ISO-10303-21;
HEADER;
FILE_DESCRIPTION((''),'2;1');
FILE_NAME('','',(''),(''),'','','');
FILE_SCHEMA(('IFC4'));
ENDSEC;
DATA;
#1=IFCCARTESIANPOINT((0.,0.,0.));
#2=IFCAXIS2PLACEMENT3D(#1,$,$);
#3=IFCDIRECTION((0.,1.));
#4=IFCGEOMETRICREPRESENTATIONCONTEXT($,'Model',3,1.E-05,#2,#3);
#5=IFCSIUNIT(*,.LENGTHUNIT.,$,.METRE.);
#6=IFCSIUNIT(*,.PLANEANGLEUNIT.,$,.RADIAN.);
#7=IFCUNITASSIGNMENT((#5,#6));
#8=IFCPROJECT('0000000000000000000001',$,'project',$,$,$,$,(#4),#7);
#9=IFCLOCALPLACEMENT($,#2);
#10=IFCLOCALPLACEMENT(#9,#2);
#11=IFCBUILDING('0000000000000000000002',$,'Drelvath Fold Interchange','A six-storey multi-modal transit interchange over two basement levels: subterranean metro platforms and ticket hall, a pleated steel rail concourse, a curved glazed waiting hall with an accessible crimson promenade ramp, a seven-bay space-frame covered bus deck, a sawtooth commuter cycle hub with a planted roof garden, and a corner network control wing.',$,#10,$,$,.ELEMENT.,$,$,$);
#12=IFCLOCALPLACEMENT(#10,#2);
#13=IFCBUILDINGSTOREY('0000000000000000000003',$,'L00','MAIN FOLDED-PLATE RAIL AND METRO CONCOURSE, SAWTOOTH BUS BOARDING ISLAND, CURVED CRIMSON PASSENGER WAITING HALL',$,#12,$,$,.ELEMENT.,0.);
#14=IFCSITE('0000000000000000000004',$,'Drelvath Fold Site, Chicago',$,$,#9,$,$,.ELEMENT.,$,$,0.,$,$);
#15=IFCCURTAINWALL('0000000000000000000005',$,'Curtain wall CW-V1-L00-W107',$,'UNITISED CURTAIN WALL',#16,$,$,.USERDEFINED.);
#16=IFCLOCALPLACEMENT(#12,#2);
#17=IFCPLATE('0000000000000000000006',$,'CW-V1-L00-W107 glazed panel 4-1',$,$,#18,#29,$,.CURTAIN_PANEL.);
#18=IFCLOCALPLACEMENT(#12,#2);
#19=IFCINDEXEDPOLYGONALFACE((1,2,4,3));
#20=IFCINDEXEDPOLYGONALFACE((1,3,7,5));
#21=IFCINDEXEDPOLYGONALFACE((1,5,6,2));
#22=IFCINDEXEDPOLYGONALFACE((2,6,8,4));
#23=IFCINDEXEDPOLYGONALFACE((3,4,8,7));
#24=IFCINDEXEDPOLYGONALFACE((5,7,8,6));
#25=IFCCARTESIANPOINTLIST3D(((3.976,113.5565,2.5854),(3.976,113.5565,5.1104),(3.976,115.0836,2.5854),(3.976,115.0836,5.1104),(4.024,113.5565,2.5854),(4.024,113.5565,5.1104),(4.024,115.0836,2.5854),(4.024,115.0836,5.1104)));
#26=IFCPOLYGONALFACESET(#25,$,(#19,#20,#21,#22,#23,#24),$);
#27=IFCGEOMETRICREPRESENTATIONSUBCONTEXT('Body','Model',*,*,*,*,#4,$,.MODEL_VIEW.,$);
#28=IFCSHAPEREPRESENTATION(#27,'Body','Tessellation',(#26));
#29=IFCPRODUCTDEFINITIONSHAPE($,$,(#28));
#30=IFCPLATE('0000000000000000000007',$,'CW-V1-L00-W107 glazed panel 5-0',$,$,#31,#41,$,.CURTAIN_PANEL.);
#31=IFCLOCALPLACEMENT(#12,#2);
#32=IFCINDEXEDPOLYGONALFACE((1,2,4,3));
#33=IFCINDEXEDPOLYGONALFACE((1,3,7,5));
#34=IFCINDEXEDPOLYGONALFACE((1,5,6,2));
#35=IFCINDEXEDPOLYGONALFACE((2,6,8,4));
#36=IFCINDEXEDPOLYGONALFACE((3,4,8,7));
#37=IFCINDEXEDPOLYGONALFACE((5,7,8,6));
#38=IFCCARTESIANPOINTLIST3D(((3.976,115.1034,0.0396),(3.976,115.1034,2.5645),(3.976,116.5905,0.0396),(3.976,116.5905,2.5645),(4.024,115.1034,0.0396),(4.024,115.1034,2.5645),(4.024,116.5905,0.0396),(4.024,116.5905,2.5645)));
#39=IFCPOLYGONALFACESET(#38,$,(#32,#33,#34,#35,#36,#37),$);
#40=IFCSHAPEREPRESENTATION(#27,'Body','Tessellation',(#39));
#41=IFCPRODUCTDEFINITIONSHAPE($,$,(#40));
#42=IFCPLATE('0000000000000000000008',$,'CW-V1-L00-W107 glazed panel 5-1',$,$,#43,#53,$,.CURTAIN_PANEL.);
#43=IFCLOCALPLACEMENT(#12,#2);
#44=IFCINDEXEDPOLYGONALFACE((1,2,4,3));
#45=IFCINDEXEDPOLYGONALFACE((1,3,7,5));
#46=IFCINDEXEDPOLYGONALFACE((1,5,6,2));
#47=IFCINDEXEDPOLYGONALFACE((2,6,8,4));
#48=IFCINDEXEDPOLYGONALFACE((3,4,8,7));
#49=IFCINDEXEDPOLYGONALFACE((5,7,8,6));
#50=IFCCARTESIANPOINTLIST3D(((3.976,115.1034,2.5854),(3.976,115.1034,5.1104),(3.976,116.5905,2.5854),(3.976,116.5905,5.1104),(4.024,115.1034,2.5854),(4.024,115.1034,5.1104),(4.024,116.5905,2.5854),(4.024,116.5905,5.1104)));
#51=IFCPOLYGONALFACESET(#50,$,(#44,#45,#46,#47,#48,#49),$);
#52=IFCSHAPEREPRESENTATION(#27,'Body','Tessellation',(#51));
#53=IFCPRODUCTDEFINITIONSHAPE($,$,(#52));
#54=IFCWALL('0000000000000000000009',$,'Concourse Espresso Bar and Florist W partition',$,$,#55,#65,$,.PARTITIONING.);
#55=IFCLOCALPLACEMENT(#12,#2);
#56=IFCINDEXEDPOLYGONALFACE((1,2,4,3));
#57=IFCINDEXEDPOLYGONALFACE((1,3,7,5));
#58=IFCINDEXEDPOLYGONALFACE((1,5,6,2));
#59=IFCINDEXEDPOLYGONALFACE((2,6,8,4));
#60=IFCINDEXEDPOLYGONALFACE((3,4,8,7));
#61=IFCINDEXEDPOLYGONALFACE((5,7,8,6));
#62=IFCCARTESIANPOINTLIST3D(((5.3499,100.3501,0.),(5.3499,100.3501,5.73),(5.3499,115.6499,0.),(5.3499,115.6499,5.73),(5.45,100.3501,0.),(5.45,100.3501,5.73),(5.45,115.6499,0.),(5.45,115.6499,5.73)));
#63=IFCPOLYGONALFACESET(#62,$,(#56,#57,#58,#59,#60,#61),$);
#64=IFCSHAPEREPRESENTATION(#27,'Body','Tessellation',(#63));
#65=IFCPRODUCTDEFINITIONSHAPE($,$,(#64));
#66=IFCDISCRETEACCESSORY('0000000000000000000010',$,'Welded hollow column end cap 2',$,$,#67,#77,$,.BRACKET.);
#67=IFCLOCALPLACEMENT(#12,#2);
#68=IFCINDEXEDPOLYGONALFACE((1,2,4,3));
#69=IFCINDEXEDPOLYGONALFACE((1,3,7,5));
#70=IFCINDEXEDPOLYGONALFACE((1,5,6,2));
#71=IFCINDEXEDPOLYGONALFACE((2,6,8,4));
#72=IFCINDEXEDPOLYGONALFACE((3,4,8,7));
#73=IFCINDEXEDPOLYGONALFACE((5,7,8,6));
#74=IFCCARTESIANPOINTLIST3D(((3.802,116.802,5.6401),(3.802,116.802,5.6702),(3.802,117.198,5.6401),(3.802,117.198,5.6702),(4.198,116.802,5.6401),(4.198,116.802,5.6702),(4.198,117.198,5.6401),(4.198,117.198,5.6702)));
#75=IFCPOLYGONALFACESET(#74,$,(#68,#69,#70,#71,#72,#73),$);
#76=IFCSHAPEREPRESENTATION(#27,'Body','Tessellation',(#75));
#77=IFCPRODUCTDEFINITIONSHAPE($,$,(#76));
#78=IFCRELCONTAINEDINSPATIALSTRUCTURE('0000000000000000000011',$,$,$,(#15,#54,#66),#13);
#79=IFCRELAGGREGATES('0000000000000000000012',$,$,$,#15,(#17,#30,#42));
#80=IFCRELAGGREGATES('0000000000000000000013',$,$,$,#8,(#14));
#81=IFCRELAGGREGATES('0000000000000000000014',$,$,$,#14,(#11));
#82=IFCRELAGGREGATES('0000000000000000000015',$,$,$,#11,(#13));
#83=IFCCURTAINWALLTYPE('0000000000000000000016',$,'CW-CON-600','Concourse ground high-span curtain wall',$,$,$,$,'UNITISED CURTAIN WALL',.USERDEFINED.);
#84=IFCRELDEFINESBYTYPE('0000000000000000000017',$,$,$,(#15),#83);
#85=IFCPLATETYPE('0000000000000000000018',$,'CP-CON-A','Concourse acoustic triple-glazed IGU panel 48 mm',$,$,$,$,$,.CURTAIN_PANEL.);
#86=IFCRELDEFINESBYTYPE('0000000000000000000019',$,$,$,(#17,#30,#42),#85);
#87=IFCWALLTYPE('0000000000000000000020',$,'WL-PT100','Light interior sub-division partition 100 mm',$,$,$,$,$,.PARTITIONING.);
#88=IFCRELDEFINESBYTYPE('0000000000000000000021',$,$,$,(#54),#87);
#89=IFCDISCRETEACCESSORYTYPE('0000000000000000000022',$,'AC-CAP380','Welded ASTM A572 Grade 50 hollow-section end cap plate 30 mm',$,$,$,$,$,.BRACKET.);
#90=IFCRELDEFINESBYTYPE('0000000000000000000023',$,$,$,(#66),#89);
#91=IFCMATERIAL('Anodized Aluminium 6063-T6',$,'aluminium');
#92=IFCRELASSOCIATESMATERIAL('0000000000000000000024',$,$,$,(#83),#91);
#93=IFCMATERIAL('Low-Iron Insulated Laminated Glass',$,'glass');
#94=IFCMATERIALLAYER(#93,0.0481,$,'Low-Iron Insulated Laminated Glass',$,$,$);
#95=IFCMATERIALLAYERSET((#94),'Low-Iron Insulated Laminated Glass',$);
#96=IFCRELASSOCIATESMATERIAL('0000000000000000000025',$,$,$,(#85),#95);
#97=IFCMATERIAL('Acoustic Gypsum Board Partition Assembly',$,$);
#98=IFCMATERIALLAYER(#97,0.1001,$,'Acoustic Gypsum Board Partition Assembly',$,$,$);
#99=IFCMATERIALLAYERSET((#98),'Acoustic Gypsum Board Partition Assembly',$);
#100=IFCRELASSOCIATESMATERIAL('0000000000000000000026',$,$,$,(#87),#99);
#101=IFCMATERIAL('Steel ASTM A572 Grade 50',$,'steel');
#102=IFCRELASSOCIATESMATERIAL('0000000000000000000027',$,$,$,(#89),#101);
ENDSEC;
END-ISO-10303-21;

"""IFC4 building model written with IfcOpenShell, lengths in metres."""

from ifc_helpers import new_model, si_unit, direction, frame, frame_2d, origin, origin_2d, place, context, subcontext, project, spatial, rectangle, extrude, material, layer, layer_set, type_object, element, aggregate, save


model = new_model("IFC4")

# Units and contexts
model_context = context("Model", 3, precision=1e-05, world=origin(), true_north=direction((0.0, 1.0)))
body_context = subcontext(model_context, "Body", "Model", "MODEL_VIEW")
ifc_project = project(units=[si_unit("LENGTHUNIT", "METRE"), si_unit("PLANEANGLEUNIT", "RADIAN")], contexts=[model_context])

# Site, building, storey
site_placement = place(None, origin())
site = spatial("IfcSite", under=ifc_project, at=site_placement, Name="Drelvath Fold Site, Chicago", CompositionType="ELEMENT", RefElevation=0.0)
building_placement = place(site_placement, origin())
building = spatial("IfcBuilding", under=site, at=building_placement, Name="Drelvath Fold Interchange", Description="A six-storey multi-modal transit interchange over two basement levels: subterranean metro platforms and ticket hall, a pleated steel rail concourse, a curved glazed waiting hall with an accessible crimson promenade ramp, a seven-bay space-frame covered bus deck, a sawtooth commuter cycle hub with a planted roof garden, and a corner network control wing.", CompositionType="ELEMENT")
storey_placement = place(building_placement, origin())
storey = spatial("IfcBuildingStorey", under=building, at=storey_placement, Name="L00", Description="MAIN FOLDED-PLATE RAIL AND METRO CONCOURSE, SAWTOOTH BUS BOARDING ISLAND, CURVED CRIMSON PASSENGER WAITING HALL", CompositionType="ELEMENT", Elevation=0.0)

# Curtain wall
ifc_material_1 = material(Name="Anodized Aluminium 6063-T6", Category="aluminium")
curtain_wall_type = type_object("IfcCurtainWallType", Name="CW-CON-600", Description="Concourse ground high-span curtain wall", ElementType="UNITISED CURTAIN WALL", PredefinedType="USERDEFINED", material=ifc_material_1)
curtain_wall_1_placement = place(storey_placement, origin())
curtain_wall_1 = element("IfcCurtainWall", 1, at=curtain_wall_1_placement, inside=storey, type_object=curtain_wall_type, Name="Curtain wall CW-V1-L00-W107", ObjectType="UNITISED CURTAIN WALL", PredefinedType="USERDEFINED")

# Plates
ifc_material_2 = material(Name="Low-Iron Insulated Laminated Glass", Category="glass")
ifc_layer_1 = layer(ifc_material_2, 0.0481, Name="Low-Iron Insulated Laminated Glass")
ifc_layer_set_1 = layer_set([ifc_layer_1], Name="Low-Iron Insulated Laminated Glass")
plate_type = type_object("IfcPlateType", Name="CP-CON-A", Description="Concourse acoustic triple-glazed IGU panel 48 mm", PredefinedType="CURTAIN_PANEL", material=ifc_layer_set_1)
plate_1_placement = place(storey_placement, frame((4.0, 114.3201, 2.5854), z_axis=(0.0, 0.0, 1.0), x_axis=(0.0, 1.0, 0.0)))
plate_1 = element("IfcPlate", 2, at=plate_1_placement, type_object=plate_type, Name="CW-V1-L00-W107 glazed panel 4-1", PredefinedType="CURTAIN_PANEL", context=body_context, shape_type="SweptSolid", body=[
    extrude(rectangle(XDim=1.5271, YDim=0.0481, at=origin_2d()), origin(), (0.0, 0.0, 1.0), 2.5249),
])
plate_2_placement = place(storey_placement, frame((4.0, 115.8469, 0.0396), z_axis=(0.0, 0.0, 1.0), x_axis=(0.0, 1.0, 0.0)))
plate_2 = element("IfcPlate", 3, at=plate_2_placement, type_object=plate_type, Name="CW-V1-L00-W107 glazed panel 5-0", PredefinedType="CURTAIN_PANEL", context=body_context, shape_type="SweptSolid", body=[
    extrude(rectangle(XDim=1.4871, YDim=0.0481, at=origin_2d()), origin(), (0.0, 0.0, 1.0), 2.5249),
])
plate_3_placement = place(storey_placement, frame((4.0, 115.8469, 2.5854), z_axis=(0.0, 0.0, 1.0), x_axis=(0.0, 1.0, 0.0)))
plate_3 = element("IfcPlate", 4, at=plate_3_placement, type_object=plate_type, Name="CW-V1-L00-W107 glazed panel 5-1", PredefinedType="CURTAIN_PANEL", context=body_context, shape_type="SweptSolid", body=[
    extrude(rectangle(XDim=1.4871, YDim=0.0481, at=origin_2d()), origin(), (0.0, 0.0, 1.0), 2.5249),
])
aggregate(curtain_wall_1, [plate_1, plate_2, plate_3])

# Wall
ifc_material_3 = material(Name="Acoustic Gypsum Board Partition Assembly")
ifc_layer_2 = layer(ifc_material_3, 0.1001, Name="Acoustic Gypsum Board Partition Assembly")
ifc_layer_set_2 = layer_set([ifc_layer_2], Name="Acoustic Gypsum Board Partition Assembly")
wall_type = type_object("IfcWallType", Name="WL-PT100", Description="Light interior sub-division partition 100 mm", PredefinedType="PARTITIONING", material=ifc_layer_set_2)
wall_placement = place(storey_placement, frame((5.3999, 115.6499, 0.0), z_axis=(0.0, 0.0, 1.0), x_axis=(0.0, -1.0, 0.0)))
element("IfcWall", 5, at=wall_placement, inside=storey, type_object=wall_type, Name="Concourse Espresso Bar and Florist W partition", PredefinedType="PARTITIONING", context=body_context, shape_type="SweptSolid", body=[
    extrude(rectangle(XDim=15.2998, YDim=0.1001, at=frame_2d((7.6499, 0.0))), origin(), (0.0, 0.0, 1.0), 5.73),
])

# Discrete accessory
ifc_material_4 = material(Name="Steel ASTM A572 Grade 50", Category="steel")
discrete_accessory_type = type_object("IfcDiscreteAccessoryType", Name="AC-CAP380", Description="Welded ASTM A572 Grade 50 hollow-section end cap plate 30 mm", PredefinedType="BRACKET", material=ifc_material_4)
discrete_accessory_placement = place(storey_placement, frame((4.0, 117.0, 5.6401), z_axis=(0.0, 0.0, 1.0), x_axis=(1.0, 0.0, 0.0)))
element("IfcDiscreteAccessory", 6, at=discrete_accessory_placement, inside=storey, type_object=discrete_accessory_type, Name="Welded hollow column end cap 2", PredefinedType="BRACKET", context=body_context, shape_type="SweptSolid", body=[
    extrude(rectangle(XDim=0.396, YDim=0.396, at=origin_2d()), origin(), (0.0, 0.0, 1.0), 0.03),
])

save(model, "model.ifc")
